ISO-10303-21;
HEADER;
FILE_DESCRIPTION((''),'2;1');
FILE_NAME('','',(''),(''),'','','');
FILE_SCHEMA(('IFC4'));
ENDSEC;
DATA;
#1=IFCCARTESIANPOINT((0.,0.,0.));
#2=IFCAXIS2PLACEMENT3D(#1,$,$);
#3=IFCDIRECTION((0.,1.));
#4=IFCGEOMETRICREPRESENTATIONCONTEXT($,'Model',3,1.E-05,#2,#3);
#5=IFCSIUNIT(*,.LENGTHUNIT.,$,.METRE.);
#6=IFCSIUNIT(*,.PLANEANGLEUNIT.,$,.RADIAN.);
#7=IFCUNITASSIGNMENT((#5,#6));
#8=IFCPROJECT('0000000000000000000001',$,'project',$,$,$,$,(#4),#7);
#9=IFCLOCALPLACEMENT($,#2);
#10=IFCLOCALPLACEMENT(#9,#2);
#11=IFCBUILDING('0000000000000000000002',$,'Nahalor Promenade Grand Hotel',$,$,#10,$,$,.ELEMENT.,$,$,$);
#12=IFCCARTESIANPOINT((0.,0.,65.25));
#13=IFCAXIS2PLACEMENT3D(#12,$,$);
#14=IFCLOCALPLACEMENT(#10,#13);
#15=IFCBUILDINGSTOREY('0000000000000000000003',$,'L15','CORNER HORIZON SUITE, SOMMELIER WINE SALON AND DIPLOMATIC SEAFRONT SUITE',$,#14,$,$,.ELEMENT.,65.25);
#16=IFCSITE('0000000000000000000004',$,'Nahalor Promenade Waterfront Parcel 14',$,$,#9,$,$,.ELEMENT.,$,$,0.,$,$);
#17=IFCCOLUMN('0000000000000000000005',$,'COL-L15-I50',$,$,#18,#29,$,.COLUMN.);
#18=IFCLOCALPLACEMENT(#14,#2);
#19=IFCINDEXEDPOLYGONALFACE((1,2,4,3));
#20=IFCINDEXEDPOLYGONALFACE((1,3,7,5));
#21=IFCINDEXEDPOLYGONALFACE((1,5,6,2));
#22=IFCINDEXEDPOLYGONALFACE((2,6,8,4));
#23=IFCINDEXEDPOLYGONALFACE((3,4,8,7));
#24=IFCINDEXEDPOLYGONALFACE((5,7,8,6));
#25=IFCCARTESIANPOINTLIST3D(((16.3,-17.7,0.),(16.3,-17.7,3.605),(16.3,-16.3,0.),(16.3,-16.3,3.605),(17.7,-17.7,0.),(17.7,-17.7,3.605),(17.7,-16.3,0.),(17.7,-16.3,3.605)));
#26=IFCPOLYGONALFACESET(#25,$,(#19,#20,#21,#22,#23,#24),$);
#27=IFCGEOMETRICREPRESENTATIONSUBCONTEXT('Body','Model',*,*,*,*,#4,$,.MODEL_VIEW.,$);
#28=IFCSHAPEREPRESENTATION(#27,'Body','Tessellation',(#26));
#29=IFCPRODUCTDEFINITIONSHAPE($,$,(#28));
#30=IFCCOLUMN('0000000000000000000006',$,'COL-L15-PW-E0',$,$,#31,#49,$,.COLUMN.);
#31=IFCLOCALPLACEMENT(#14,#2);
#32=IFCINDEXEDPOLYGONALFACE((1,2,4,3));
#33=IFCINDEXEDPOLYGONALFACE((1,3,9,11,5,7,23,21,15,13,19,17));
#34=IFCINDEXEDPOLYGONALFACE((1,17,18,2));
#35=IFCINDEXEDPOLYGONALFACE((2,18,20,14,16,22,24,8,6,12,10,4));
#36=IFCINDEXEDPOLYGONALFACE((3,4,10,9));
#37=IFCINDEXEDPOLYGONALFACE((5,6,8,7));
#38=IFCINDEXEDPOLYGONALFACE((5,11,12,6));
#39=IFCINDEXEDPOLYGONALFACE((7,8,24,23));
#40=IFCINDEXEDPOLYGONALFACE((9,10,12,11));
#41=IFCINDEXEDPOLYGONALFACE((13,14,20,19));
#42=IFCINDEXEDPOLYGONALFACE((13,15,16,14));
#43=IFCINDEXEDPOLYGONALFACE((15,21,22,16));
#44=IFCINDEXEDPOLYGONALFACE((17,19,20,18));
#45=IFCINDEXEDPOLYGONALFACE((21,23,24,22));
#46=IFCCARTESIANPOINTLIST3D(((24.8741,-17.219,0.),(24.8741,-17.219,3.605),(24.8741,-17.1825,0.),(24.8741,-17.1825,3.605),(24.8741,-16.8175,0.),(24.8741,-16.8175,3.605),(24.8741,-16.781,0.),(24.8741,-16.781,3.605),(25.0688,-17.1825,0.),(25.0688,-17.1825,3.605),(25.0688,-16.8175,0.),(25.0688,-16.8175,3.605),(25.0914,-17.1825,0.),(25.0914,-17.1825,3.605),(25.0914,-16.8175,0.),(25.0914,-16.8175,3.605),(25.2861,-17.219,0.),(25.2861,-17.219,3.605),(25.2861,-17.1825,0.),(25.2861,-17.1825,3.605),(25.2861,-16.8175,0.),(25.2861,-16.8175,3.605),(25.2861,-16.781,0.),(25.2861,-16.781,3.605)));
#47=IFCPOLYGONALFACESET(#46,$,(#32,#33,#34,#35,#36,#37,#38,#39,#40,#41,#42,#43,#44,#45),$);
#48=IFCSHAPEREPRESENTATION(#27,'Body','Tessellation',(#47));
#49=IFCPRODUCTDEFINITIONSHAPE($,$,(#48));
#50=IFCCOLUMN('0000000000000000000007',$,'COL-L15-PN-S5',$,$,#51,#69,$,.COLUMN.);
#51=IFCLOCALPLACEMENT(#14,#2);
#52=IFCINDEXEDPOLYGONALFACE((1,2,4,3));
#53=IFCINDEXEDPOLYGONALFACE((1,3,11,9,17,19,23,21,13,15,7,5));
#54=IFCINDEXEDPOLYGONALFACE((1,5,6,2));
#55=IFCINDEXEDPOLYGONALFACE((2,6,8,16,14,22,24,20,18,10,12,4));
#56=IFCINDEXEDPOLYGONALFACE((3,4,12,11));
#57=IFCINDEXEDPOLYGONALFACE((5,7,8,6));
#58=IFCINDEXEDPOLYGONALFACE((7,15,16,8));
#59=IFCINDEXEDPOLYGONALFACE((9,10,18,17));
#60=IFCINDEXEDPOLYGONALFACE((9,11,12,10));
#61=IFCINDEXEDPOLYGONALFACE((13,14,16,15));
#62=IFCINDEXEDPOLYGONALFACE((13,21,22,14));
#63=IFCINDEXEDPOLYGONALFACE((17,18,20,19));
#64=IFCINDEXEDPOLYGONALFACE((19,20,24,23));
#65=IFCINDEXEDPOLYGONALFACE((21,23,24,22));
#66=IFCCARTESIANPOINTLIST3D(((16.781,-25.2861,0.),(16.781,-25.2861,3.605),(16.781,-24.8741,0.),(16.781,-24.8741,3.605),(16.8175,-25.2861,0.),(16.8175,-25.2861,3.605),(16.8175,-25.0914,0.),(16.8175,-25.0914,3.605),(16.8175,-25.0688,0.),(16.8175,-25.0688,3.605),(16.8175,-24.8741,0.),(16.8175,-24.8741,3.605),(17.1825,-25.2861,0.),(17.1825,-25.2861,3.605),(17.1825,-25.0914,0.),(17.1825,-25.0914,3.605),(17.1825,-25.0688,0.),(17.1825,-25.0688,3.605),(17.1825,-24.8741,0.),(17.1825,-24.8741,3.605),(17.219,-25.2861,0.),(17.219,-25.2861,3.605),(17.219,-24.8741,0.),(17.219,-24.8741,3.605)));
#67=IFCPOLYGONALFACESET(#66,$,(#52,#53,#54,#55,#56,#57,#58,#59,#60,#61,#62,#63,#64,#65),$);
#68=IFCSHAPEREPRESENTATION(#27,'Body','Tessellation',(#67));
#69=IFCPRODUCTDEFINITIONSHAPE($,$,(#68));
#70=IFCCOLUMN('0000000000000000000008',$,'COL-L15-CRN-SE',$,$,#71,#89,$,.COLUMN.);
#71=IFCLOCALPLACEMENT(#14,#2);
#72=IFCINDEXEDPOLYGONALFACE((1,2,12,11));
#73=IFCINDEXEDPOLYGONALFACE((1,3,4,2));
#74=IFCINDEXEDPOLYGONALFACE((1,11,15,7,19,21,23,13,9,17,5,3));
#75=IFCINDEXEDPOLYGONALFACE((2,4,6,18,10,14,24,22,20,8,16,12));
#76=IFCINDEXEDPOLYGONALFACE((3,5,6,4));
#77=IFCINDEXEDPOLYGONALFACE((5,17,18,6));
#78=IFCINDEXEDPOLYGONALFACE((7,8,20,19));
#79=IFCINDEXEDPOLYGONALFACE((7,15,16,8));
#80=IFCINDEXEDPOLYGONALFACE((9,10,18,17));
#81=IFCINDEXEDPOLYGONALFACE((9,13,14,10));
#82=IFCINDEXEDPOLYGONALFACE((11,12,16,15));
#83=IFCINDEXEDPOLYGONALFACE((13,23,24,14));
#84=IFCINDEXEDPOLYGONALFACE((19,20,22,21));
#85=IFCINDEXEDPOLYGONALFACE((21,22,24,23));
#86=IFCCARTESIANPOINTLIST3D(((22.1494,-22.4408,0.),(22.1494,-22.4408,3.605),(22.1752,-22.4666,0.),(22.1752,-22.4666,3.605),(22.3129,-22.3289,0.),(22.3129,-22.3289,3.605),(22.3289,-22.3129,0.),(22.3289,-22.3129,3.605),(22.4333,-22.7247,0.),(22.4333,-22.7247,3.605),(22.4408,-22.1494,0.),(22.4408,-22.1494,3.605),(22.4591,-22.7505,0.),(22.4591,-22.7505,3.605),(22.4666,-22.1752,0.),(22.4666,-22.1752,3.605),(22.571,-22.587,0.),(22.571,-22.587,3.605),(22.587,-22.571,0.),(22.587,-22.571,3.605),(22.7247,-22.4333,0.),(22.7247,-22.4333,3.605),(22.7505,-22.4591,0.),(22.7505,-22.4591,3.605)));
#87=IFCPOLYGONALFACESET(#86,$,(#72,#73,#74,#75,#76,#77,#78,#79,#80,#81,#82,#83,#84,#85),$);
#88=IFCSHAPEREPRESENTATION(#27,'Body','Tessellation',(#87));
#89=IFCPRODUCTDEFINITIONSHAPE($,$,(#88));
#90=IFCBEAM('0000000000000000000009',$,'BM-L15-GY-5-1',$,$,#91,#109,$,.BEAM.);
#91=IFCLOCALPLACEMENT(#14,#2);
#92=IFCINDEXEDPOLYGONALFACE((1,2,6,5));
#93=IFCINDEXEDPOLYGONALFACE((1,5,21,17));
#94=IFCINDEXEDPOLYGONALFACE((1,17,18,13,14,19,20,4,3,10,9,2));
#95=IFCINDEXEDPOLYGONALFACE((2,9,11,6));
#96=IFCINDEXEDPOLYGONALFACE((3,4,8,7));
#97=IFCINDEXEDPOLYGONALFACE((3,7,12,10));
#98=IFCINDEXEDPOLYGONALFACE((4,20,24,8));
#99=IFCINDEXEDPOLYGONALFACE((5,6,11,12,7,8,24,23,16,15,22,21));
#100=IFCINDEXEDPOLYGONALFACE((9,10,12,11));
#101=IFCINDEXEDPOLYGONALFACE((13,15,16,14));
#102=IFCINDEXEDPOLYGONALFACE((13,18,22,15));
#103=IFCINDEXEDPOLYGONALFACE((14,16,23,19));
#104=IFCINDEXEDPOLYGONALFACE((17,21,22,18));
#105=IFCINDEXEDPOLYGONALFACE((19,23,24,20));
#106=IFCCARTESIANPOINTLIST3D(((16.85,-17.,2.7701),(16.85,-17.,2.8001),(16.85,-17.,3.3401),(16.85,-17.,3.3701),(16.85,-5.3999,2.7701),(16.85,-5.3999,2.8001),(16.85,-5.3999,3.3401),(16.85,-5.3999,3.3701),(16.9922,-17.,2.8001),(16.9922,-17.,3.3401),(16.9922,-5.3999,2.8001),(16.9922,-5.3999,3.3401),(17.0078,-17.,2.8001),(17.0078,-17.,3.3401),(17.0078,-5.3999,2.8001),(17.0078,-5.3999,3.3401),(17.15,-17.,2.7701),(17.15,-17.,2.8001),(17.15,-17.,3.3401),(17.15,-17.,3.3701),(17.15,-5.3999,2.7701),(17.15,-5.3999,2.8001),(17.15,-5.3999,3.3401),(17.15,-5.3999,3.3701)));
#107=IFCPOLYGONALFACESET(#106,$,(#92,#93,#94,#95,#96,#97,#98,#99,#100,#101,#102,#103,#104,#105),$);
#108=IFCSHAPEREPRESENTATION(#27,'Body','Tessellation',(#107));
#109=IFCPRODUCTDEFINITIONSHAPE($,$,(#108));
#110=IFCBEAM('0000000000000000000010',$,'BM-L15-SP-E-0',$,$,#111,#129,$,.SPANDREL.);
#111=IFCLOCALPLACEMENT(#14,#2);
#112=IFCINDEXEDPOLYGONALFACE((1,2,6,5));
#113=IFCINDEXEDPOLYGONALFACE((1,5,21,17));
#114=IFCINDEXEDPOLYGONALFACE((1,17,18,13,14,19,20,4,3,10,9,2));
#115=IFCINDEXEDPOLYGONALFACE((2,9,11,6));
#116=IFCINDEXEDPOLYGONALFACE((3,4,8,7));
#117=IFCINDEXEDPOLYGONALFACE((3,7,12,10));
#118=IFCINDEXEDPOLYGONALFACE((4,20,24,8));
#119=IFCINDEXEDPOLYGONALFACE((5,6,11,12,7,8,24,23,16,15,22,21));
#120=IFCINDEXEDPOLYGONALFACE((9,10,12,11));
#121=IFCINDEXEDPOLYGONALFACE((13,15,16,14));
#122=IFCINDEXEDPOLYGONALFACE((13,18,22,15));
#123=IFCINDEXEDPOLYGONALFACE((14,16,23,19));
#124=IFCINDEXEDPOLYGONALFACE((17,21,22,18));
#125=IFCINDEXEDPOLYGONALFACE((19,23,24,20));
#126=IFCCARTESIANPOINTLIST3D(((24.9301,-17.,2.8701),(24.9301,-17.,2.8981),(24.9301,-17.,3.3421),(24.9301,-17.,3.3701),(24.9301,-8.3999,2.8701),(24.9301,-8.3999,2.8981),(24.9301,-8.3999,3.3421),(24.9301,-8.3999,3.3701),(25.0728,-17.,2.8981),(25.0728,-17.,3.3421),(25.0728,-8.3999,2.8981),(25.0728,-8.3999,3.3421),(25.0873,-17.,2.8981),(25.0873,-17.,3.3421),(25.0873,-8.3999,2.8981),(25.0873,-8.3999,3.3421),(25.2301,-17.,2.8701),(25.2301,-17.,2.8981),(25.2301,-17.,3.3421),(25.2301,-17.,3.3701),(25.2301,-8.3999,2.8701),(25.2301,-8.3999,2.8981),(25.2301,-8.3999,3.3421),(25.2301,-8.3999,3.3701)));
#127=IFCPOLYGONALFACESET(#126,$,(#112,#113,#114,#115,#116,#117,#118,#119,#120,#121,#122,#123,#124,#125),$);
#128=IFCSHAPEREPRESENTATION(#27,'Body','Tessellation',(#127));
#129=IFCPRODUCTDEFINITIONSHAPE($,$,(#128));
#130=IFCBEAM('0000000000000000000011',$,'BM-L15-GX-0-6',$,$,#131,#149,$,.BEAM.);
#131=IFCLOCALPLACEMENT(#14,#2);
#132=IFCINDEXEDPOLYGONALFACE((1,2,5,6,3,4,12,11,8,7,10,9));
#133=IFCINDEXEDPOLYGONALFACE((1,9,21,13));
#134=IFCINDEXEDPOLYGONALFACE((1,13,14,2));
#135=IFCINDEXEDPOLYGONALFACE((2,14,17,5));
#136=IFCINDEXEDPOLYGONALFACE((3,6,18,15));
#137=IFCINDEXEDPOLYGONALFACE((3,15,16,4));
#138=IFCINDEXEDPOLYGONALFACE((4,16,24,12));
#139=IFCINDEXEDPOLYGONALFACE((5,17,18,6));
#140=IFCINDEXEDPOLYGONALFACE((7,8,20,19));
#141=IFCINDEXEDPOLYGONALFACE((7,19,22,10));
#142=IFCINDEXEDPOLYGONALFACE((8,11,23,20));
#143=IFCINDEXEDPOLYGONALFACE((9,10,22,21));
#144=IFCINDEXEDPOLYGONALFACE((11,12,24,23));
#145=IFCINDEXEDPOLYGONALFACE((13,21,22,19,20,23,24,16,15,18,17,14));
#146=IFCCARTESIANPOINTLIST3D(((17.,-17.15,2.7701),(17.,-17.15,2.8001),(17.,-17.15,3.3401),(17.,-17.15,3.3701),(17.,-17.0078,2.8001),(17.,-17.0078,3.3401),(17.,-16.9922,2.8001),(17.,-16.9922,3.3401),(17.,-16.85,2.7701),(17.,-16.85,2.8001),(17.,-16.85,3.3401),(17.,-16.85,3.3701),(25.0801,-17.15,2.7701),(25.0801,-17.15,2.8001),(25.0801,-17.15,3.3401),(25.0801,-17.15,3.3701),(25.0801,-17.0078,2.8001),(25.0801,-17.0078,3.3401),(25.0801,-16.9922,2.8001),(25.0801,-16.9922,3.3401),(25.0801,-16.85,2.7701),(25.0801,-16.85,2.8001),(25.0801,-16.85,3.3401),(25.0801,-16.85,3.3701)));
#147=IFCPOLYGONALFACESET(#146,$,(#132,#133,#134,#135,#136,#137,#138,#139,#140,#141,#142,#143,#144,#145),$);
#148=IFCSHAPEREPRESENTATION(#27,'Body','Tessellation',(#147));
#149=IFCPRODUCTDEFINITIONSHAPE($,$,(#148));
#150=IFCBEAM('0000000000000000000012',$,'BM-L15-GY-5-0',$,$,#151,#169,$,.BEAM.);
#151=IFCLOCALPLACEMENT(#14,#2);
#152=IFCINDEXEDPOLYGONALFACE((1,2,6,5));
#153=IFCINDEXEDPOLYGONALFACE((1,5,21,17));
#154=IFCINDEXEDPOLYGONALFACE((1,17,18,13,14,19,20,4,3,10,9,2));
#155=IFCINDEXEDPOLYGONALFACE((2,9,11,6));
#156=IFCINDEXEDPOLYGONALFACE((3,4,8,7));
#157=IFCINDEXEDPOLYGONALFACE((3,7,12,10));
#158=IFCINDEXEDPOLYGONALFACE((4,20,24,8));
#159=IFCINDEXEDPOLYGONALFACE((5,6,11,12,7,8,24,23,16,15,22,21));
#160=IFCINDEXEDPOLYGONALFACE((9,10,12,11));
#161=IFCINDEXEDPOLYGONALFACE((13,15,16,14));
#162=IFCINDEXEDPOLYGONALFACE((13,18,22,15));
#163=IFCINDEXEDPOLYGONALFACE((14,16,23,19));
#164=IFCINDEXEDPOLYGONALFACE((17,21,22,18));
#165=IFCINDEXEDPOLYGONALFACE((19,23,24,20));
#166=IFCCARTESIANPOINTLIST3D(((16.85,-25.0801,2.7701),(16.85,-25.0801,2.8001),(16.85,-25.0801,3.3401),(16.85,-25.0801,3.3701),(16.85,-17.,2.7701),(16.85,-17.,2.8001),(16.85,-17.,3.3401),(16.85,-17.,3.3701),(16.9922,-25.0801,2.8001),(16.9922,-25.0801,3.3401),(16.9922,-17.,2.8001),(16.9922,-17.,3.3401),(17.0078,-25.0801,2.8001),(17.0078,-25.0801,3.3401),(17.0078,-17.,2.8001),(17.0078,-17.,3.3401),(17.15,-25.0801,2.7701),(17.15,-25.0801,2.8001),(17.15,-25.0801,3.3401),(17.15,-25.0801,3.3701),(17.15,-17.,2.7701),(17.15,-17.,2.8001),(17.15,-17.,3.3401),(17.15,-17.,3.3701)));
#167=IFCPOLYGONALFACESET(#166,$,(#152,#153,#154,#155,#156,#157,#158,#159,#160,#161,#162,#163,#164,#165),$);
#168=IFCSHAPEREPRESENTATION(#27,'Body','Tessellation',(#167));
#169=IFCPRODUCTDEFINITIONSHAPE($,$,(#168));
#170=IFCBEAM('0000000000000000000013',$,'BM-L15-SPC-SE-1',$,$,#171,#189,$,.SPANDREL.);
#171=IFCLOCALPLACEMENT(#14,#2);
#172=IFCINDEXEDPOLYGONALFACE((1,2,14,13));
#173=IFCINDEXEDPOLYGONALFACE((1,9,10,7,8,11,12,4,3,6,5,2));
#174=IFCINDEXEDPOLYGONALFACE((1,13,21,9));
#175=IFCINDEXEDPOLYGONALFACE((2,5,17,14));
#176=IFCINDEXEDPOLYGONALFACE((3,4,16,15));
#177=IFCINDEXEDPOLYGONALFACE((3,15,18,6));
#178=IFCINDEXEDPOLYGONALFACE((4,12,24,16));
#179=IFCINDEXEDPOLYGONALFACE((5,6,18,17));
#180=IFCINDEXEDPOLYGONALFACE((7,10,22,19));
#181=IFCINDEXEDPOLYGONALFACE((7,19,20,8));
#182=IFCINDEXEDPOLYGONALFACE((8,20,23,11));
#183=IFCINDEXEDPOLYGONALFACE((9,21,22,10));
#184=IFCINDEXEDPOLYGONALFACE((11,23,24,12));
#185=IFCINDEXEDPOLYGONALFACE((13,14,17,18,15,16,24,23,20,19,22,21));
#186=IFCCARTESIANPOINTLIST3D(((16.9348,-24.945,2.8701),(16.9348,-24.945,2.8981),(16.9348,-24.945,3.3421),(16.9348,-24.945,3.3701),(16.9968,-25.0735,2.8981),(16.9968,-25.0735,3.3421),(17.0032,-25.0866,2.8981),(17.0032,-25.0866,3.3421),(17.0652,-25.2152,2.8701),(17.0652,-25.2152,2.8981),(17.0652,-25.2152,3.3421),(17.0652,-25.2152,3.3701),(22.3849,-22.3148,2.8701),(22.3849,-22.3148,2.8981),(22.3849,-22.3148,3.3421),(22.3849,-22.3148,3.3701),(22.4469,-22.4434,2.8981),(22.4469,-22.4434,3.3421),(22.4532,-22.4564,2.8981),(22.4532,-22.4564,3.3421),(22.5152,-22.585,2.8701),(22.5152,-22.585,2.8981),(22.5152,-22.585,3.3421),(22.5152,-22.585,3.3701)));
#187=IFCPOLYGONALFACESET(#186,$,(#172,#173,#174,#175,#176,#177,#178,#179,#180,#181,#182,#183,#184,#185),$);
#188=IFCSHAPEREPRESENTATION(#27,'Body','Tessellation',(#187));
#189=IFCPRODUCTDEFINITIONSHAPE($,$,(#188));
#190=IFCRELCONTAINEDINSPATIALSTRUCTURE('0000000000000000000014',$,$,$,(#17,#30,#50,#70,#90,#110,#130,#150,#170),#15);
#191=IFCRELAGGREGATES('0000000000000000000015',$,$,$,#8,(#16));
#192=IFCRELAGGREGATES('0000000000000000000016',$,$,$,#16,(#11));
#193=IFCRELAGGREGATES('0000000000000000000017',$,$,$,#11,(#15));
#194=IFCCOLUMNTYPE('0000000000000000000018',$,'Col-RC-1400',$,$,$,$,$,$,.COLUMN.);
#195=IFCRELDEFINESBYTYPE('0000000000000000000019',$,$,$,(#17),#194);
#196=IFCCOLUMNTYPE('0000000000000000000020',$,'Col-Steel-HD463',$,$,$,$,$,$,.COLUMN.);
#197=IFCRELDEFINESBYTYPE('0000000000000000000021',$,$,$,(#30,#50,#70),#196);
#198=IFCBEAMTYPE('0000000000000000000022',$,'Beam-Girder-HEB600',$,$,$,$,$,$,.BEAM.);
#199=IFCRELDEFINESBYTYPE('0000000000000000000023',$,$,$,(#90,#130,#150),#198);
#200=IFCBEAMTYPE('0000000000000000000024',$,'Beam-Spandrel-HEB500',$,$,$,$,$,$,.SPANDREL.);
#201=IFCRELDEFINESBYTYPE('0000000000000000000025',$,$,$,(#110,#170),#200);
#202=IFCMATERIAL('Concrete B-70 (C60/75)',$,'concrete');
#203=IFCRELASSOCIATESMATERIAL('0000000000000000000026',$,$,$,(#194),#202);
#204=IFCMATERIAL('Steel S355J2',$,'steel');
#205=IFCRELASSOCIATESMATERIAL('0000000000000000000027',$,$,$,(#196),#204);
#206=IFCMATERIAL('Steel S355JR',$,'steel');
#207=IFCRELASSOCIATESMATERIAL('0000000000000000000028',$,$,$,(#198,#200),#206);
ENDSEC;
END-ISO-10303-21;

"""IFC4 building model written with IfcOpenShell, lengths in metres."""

from ifc_helpers import new_model, si_unit, direction, frame, origin, origin_2d, place, context, subcontext, project, spatial, rectangle, i_section, extrude, source, transform, mapped, material, material_profile, profile_set, type_object, element, save


model = new_model("IFC4")

# Units and contexts
model_context = context("Model", 3, precision=1e-05, world=origin(), true_north=direction((0.0, 1.0)))
body_context = subcontext(model_context, "Body", "Model", "MODEL_VIEW")
ifc_project = project(units=[si_unit("LENGTHUNIT", "METRE"), si_unit("PLANEANGLEUNIT", "RADIAN")], contexts=[model_context])

# Site, building, storey
site_placement = place(None, origin())
site = spatial("IfcSite", under=ifc_project, at=site_placement, Name="Nahalor Promenade Waterfront Parcel 14", CompositionType="ELEMENT", RefElevation=0.0)
building_placement = place(site_placement, origin())
building = spatial("IfcBuilding", under=site, at=building_placement, Name="Nahalor Promenade Grand Hotel", CompositionType="ELEMENT")
storey_placement = place(building_placement, frame((0.0, 0.0, 65.25)))
storey = spatial("IfcBuildingStorey", under=building, at=storey_placement, Name="L15", Description="CORNER HORIZON SUITE, SOMMELIER WINE SALON AND DIPLOMATIC SEAFRONT SUITE", CompositionType="ELEMENT", Elevation=65.25)

# Columns
ifc_material_1 = material(Name="Concrete B-70 (C60/75)", Category="concrete")
ifc_material_profile_1 = material_profile(ifc_material_1, rectangle(XDim=1.4, YDim=1.4, at=origin_2d()), Name="RC 1400x1400")
ifc_profile_set_1 = profile_set([ifc_material_profile_1], Name="Concrete B-70 (C60/75)")
column_type_1 = type_object("IfcColumnType", Name="Col-RC-1400", PredefinedType="COLUMN", material=ifc_profile_set_1)
shared_shape_1 = source(origin(), body_context, "Body", "SweptSolid", [
    extrude(rectangle(XDim=1.4, YDim=1.4, at=origin_2d()), origin(), (0.0, 0.0, 1.0), 3.605),
])
column_placement = place(storey_placement, frame((17.0, -17.0, 0.0), z_axis=(0.0, 0.0, 1.0), x_axis=(1.0, 0.0, 0.0)))
element("IfcColumn", 1, at=column_placement, inside=storey, type_object=column_type_1, Name="COL-L15-I50", PredefinedType="COLUMN", context=body_context, shape_type="MappedRepresentation", body=[
    mapped(shared_shape_1, transform((0.0, 0.0, 0.0), scale=1.0)),
])
ifc_material_2 = material(Name="Steel S355J2", Category="steel")
ifc_material_profile_2 = material_profile(ifc_material_2, i_section(OverallWidth=0.412, OverallDepth=0.438, WebThickness=0.0226, FlangeThickness=0.0365, at=origin_2d()), Name="HD 400x463")
ifc_profile_set_2 = profile_set([ifc_material_profile_2], Name="Steel S355J2")
column_type_2 = type_object("IfcColumnType", Name="Col-Steel-HD463", PredefinedType="COLUMN", material=ifc_profile_set_2)
shared_shape_2 = source(origin(), body_context, "Body", "SweptSolid", [
    extrude(i_section(OverallWidth=0.412, OverallDepth=0.438, WebThickness=0.0226, FlangeThickness=0.0365, at=origin_2d()), origin(), (0.0, 0.0, 1.0), 3.605),
])
for number, where, z_axis, x_axis, name in (
    (2, (25.0801, -17.0, 0.0), (0.0, 0.0, 1.0), (1.0, 0.0, 0.0), "COL-L15-PW-E0"),
    (3, (17.0, -25.0801, 0.0), (0.0, 0.0, 1.0), (0.0, 1.0, 0.0), "COL-L15-PN-S5"),
    (4, (22.45, -22.45, 0.0), (0.0, 0.0, 1.0), (0.707107, 0.707107, 0.0), "COL-L15-CRN-SE"),
):
    element("IfcColumn", number, at=place(storey_placement, frame(where, z_axis=z_axis, x_axis=x_axis)), inside=storey, type_object=column_type_2, Name=name, PredefinedType="COLUMN", context=body_context, shape_type="MappedRepresentation", body=[
        mapped(shared_shape_2, transform((0.0, 0.0, 0.0), scale=1.0)),
    ])

# Beams
ifc_material_3 = material(Name="Steel S355JR", Category="steel")
ifc_material_profile_3 = material_profile(ifc_material_3, i_section(OverallWidth=0.3, OverallDepth=0.6, WebThickness=0.0155, FlangeThickness=0.03, at=origin_2d()), Name="HEB 600")
ifc_profile_set_3 = profile_set([ifc_material_profile_3], Name="Steel S355JR")
beam_type_1 = type_object("IfcBeamType", Name="Beam-Girder-HEB600", PredefinedType="BEAM", material=ifc_profile_set_3)
shared_shape_3 = source(origin(), body_context, "Body", "SweptSolid", [
    extrude(i_section(OverallWidth=0.3, OverallDepth=0.6, WebThickness=0.0155, FlangeThickness=0.03, at=origin_2d()), origin(), (0.0, 0.0, 1.0), 11.6001),
])
beam_1_placement = place(storey_placement, frame((17.0, -17.0, 3.0701), z_axis=(0.0, 1.0, 0.0), x_axis=(-1.0, 0.0, 0.0)))
element("IfcBeam", 5, at=beam_1_placement, inside=storey, type_object=beam_type_1, Name="BM-L15-GY-5-1", PredefinedType="BEAM", context=body_context, shape_type="MappedRepresentation", body=[
    mapped(shared_shape_3, transform((0.0, 0.0, 0.0), scale=1.0)),
])
ifc_material_profile_4 = material_profile(ifc_material_3, i_section(OverallWidth=0.3, OverallDepth=0.5, WebThickness=0.0145, FlangeThickness=0.028, at=origin_2d()), Name="HEB 500")
ifc_profile_set_4 = profile_set([ifc_material_profile_4], Name="Steel S355JR")
beam_type_2 = type_object("IfcBeamType", Name="Beam-Spandrel-HEB500", PredefinedType="SPANDREL", material=ifc_profile_set_4)
shared_shape_4 = source(origin(), body_context, "Body", "SweptSolid", [
    extrude(i_section(OverallWidth=0.3, OverallDepth=0.5, WebThickness=0.0145, FlangeThickness=0.028, at=origin_2d()), origin(), (0.0, 0.0, 1.0), 8.6001),
])
beam_2_placement = place(storey_placement, frame((25.0801, -17.0, 3.1201), z_axis=(0.0, 1.0, 0.0), x_axis=(-1.0, 0.0, 0.0)))
element("IfcBeam", 6, at=beam_2_placement, inside=storey, type_object=beam_type_2, Name="BM-L15-SP-E-0", PredefinedType="SPANDREL", context=body_context, shape_type="MappedRepresentation", body=[
    mapped(shared_shape_4, transform((0.0, 0.0, 0.0), scale=1.0)),
])
shared_shape_5 = source(origin(), body_context, "Body", "SweptSolid", [
    extrude(i_section(OverallWidth=0.3, OverallDepth=0.6, WebThickness=0.0155, FlangeThickness=0.03, at=origin_2d()), origin(), (0.0, 0.0, 1.0), 8.0801),
])
for number, where, z_axis, x_axis, name in (
    (7, (17.0, -17.0, 3.0701), (1.0, 0.0, 0.0), (0.0, 1.0, 0.0), "BM-L15-GX-0-6"),
    (8, (17.0, -25.0801, 3.0701), (0.0, 1.0, 0.0), (-1.0, 0.0, 0.0), "BM-L15-GY-5-0"),
):
    element("IfcBeam", number, at=place(storey_placement, frame(where, z_axis=z_axis, x_axis=x_axis)), inside=storey, type_object=beam_type_1, Name=name, PredefinedType="BEAM", context=body_context, shape_type="MappedRepresentation", body=[
        mapped(shared_shape_5, transform((0.0, 0.0, 0.0), scale=1.0)),
    ])
shared_shape_6 = source(origin(), body_context, "Body", "SweptSolid", [
    extrude(i_section(OverallWidth=0.3, OverallDepth=0.5, WebThickness=0.0145, FlangeThickness=0.028, at=origin_2d()), origin(), (0.0, 0.0, 1.0), 6.0515),
])
for number, where, z_axis, x_axis, name in (
    (9, (17.0, -25.0801, 3.1201), (0.900609, 0.434631, 0.0), (-0.434631, 0.900609, 0.0), "BM-L15-SPC-SE-1"),
):
    element("IfcBeam", number, at=place(storey_placement, frame(where, z_axis=z_axis, x_axis=x_axis)), inside=storey, type_object=beam_type_2, Name=name, PredefinedType="SPANDREL", context=body_context, shape_type="MappedRepresentation", body=[
        mapped(shared_shape_6, transform((0.0, 0.0, 0.0), scale=1.0)),
    ])

save(model, "model.ifc")
